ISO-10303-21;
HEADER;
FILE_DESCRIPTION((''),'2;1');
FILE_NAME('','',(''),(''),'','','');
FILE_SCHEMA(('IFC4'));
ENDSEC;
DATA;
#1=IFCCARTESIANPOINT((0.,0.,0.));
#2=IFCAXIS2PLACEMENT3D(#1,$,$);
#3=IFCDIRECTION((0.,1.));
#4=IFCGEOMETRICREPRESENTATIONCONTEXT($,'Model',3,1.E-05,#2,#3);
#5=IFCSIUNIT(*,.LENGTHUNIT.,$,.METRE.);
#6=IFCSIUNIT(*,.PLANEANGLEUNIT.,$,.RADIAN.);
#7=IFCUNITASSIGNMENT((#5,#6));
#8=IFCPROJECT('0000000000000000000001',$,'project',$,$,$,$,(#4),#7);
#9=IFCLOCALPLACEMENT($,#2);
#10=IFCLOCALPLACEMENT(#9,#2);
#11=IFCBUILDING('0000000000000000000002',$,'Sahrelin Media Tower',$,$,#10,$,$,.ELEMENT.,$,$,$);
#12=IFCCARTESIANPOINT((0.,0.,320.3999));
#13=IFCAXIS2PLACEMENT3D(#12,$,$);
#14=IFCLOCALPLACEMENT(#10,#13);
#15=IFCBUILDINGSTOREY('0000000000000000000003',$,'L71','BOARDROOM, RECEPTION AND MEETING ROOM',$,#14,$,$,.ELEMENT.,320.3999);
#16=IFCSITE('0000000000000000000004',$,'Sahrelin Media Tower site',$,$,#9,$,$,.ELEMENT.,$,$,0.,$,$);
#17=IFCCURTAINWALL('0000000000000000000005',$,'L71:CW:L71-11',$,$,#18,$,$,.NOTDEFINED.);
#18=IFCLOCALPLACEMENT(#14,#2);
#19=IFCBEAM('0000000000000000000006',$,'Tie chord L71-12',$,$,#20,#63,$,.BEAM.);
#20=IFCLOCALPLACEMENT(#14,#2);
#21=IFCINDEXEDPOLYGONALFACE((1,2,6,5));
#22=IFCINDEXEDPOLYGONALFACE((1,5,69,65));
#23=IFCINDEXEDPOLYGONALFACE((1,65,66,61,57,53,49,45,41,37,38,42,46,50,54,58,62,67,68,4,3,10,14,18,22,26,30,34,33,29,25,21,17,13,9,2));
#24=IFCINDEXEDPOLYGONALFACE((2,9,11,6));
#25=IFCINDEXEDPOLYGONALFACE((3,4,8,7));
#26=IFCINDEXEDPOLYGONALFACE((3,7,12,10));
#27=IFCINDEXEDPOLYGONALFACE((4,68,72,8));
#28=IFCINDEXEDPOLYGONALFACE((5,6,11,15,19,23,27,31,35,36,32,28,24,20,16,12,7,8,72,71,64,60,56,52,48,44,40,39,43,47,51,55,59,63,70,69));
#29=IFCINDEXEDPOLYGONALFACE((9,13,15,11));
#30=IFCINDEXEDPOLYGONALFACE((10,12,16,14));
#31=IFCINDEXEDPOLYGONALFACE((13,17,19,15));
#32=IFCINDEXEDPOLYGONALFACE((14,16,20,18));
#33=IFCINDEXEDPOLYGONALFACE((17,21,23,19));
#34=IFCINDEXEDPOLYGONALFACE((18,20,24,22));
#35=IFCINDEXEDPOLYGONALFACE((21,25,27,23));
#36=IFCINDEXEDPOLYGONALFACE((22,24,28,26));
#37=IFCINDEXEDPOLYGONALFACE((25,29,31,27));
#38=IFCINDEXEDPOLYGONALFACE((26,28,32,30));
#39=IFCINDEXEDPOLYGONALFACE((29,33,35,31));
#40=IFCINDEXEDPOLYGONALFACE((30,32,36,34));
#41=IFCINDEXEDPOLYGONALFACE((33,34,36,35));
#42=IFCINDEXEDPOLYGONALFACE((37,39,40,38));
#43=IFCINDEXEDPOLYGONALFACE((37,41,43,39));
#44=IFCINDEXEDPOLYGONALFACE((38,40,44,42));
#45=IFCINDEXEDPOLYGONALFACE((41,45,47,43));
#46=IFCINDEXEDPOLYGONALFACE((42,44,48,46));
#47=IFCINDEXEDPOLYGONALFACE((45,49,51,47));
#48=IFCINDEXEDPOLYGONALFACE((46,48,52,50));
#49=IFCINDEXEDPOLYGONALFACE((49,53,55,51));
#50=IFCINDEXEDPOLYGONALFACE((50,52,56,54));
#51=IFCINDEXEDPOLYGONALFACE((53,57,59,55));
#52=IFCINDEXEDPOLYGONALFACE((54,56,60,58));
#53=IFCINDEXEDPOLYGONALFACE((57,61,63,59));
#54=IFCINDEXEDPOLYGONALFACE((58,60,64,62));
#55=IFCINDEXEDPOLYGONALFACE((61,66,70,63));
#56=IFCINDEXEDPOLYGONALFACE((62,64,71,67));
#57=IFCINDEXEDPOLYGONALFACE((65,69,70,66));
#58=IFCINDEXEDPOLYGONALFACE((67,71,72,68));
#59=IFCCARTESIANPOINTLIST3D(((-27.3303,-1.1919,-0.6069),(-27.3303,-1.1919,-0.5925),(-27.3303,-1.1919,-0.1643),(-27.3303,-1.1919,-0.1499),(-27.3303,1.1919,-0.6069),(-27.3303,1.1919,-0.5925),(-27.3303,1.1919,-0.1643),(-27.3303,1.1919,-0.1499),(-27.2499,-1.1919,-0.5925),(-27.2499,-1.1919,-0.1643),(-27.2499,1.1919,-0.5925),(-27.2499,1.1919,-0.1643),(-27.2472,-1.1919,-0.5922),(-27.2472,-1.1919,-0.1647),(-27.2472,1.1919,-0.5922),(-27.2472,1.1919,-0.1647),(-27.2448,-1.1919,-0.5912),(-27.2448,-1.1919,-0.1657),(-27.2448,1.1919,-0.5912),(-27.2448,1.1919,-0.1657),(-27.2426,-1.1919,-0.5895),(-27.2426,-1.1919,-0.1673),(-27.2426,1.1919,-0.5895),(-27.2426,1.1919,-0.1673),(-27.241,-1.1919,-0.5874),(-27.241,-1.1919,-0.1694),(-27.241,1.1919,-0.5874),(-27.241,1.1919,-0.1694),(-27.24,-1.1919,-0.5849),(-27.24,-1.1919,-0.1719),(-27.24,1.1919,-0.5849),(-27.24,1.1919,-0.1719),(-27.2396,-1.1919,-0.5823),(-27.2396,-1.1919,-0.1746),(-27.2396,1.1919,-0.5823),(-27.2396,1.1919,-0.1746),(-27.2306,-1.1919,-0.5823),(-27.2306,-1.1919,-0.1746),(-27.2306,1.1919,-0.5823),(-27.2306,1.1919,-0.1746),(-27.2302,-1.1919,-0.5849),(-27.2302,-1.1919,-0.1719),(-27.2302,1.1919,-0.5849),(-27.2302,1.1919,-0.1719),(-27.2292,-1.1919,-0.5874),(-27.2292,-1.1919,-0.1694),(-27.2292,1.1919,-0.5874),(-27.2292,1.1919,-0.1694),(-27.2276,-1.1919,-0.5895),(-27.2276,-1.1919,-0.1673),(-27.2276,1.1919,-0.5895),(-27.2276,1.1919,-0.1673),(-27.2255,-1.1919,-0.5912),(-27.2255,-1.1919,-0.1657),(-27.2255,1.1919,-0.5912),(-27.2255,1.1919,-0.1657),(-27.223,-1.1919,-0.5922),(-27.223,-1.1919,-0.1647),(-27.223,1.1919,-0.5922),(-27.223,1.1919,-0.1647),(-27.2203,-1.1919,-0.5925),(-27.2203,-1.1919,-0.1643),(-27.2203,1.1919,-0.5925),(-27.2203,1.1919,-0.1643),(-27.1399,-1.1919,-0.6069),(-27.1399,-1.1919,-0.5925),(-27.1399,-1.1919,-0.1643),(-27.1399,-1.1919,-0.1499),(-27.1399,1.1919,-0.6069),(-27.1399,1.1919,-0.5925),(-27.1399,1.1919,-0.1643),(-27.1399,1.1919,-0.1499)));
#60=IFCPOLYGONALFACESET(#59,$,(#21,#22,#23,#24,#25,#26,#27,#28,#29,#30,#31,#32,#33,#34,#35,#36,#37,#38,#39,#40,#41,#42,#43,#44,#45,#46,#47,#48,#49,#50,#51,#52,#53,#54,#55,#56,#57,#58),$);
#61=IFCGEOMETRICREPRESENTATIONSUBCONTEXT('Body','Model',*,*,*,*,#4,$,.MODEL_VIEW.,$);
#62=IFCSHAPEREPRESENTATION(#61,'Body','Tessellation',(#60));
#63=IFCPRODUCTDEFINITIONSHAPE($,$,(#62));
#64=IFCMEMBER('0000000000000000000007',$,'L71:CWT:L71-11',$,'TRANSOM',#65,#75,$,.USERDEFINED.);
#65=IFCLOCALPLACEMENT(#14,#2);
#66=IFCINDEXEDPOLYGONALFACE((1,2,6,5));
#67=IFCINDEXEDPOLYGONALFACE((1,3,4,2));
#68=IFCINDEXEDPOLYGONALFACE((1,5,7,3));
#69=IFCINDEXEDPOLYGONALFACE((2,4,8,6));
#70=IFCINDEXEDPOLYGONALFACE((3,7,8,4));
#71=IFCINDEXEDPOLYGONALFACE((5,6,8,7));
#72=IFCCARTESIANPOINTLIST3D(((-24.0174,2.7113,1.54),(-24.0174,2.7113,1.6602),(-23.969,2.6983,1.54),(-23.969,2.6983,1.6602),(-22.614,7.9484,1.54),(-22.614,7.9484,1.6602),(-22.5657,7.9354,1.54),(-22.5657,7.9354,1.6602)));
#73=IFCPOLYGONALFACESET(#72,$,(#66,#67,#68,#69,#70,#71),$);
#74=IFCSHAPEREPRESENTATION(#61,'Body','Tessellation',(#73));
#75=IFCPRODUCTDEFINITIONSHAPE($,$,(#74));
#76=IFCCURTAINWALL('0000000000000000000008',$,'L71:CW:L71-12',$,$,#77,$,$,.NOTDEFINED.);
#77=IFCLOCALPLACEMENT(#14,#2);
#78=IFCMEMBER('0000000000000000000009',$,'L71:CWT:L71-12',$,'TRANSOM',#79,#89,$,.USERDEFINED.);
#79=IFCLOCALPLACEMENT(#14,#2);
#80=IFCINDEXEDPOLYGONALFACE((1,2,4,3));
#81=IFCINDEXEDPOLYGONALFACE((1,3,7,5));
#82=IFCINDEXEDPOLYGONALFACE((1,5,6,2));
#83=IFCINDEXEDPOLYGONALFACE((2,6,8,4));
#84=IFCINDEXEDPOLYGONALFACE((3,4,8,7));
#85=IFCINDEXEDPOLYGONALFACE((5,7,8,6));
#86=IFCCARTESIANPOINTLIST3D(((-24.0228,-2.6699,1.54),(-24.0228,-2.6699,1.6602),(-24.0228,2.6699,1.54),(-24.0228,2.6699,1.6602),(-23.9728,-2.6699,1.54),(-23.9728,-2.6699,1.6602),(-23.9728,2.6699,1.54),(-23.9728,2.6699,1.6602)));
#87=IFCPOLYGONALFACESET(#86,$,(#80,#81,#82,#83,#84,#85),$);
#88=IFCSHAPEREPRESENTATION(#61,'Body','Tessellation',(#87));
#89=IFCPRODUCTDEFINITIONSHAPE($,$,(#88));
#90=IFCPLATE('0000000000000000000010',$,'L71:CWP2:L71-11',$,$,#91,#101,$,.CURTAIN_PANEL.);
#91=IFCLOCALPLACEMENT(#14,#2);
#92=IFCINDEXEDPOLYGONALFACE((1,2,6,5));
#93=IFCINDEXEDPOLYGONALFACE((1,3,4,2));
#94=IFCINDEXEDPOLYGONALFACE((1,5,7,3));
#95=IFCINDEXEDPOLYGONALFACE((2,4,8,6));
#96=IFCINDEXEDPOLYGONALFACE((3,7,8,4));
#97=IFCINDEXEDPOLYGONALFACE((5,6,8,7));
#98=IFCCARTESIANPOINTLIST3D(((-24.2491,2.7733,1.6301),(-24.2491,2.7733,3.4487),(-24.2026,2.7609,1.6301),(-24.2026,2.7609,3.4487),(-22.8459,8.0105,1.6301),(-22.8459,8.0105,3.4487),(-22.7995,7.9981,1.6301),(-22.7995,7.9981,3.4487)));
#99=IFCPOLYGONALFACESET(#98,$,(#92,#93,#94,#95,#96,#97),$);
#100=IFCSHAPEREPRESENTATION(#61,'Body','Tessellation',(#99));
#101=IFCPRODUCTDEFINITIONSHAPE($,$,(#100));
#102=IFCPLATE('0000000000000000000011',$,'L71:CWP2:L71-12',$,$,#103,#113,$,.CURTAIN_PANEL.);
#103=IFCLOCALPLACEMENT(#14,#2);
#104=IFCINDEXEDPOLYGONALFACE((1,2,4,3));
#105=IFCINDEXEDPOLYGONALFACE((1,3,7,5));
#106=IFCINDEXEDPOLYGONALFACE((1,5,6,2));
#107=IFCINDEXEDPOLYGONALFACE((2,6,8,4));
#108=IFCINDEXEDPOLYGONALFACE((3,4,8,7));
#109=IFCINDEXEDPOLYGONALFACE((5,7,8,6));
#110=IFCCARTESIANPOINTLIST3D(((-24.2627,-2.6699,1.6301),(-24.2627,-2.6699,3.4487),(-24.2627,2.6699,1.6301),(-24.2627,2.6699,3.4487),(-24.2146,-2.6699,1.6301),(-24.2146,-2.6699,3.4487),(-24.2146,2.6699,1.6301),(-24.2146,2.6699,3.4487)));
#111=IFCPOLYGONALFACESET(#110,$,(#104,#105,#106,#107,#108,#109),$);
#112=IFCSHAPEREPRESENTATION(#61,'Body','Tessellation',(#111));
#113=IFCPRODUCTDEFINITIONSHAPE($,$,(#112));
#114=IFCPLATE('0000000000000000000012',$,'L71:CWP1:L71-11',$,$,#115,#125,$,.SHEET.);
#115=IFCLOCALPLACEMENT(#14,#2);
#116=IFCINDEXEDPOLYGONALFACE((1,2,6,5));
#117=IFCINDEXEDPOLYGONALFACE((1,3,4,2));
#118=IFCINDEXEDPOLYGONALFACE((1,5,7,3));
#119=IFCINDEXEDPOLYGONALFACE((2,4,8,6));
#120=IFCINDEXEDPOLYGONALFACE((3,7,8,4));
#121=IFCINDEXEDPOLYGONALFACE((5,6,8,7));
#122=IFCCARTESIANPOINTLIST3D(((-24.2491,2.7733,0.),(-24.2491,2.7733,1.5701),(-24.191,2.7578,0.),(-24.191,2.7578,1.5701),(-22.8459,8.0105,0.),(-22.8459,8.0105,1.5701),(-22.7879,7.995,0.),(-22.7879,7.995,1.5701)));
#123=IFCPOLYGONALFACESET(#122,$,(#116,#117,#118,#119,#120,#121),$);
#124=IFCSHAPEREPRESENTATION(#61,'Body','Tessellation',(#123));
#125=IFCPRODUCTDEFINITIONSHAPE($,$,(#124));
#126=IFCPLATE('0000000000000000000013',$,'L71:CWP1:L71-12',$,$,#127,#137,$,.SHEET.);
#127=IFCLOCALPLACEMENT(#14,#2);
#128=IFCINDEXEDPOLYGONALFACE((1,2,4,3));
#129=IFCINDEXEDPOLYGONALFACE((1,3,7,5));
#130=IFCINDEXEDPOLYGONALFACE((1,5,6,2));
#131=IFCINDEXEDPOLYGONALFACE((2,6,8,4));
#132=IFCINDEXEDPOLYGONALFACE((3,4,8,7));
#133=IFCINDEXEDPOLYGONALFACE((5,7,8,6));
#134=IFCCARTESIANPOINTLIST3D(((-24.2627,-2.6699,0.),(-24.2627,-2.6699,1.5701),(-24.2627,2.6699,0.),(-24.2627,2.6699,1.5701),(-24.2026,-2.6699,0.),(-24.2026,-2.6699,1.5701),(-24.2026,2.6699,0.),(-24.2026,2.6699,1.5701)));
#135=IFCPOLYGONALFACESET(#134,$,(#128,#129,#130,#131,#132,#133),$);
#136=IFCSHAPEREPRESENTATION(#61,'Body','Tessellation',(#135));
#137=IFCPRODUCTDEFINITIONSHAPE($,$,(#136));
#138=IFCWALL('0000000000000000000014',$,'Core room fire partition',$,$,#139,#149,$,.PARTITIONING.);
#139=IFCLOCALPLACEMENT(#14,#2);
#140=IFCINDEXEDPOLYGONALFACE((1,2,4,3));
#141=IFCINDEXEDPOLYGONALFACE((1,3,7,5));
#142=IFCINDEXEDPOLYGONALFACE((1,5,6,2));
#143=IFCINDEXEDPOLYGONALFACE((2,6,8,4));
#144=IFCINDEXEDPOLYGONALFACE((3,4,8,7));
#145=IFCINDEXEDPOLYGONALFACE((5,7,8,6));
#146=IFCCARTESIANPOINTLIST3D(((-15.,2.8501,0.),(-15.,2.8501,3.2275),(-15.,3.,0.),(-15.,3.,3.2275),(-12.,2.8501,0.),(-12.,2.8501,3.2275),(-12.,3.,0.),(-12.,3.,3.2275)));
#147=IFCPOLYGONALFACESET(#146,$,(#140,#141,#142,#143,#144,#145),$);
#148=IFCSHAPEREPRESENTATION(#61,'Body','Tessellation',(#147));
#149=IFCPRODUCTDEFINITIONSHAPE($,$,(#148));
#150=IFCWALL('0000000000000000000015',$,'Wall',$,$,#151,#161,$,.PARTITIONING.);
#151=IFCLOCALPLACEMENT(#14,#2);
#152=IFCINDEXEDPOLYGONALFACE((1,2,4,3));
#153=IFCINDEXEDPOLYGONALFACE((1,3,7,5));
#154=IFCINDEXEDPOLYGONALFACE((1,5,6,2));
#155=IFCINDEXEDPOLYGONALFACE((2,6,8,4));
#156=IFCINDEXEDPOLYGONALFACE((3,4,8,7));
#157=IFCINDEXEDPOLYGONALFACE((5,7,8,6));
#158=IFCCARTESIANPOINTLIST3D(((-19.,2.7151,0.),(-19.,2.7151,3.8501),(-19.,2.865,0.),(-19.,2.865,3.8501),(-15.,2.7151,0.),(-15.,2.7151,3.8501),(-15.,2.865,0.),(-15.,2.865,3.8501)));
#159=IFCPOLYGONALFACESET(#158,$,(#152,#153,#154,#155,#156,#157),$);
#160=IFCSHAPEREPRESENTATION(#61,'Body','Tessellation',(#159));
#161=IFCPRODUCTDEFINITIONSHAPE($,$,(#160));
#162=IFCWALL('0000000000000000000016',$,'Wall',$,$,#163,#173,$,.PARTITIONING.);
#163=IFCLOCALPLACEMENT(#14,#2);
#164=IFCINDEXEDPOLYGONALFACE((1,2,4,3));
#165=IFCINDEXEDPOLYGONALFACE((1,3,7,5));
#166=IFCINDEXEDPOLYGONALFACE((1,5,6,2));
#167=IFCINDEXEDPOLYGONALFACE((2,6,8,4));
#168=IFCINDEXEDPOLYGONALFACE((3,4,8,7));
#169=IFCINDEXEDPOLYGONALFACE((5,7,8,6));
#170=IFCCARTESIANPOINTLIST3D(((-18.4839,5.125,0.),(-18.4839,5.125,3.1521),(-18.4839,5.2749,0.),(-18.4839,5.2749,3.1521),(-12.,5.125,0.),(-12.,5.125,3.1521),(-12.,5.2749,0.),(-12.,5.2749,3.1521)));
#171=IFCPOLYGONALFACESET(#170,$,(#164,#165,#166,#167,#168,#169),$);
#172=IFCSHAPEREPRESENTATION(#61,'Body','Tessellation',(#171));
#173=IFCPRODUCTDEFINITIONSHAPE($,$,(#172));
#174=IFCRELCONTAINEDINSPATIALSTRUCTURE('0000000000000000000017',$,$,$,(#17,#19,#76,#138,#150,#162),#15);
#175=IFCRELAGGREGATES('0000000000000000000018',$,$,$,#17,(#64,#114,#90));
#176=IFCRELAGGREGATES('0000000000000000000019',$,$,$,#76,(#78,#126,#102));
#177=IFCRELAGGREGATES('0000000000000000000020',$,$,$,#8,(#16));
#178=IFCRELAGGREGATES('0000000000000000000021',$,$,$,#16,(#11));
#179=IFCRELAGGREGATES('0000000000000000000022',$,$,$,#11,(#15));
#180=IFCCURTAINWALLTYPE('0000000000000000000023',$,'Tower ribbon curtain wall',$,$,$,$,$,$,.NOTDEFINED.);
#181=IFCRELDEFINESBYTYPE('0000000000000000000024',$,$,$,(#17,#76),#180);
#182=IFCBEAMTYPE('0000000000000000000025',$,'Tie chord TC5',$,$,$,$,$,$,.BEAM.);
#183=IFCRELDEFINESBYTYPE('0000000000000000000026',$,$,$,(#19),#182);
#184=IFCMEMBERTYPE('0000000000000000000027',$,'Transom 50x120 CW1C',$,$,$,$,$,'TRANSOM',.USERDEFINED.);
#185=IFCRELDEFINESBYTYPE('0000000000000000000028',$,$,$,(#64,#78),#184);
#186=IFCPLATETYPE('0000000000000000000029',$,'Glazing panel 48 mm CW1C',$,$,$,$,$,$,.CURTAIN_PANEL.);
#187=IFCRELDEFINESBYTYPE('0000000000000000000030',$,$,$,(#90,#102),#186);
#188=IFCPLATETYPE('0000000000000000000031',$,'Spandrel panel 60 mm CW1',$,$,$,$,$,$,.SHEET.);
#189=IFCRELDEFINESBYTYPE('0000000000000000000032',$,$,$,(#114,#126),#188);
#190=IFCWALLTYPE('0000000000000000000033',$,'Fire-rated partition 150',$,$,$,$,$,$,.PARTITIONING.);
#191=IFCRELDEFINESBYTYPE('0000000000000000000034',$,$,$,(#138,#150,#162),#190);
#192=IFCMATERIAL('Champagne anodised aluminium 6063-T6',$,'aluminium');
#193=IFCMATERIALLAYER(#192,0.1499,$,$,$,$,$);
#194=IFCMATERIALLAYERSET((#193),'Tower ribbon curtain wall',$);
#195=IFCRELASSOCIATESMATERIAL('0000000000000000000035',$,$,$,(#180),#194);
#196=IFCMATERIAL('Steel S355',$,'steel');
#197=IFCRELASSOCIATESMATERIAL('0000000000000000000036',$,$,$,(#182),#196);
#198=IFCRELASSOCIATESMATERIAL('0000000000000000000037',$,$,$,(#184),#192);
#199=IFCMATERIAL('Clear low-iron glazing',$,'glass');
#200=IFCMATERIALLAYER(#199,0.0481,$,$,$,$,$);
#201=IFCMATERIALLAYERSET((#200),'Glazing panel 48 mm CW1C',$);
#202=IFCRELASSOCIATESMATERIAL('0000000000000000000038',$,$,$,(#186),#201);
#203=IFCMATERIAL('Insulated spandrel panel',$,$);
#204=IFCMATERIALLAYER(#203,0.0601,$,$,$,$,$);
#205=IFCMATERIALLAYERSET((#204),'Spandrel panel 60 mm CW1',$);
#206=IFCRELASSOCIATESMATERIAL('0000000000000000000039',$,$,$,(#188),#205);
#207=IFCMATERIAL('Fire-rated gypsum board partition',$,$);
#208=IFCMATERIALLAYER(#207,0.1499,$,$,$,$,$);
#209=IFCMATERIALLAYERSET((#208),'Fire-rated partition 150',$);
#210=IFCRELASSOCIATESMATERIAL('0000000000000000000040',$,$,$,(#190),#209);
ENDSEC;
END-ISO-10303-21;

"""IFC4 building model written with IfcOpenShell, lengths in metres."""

from ifc_helpers import new_model, si_unit, direction, frame, frame_2d, origin, origin_2d, place, context, subcontext, project, spatial, polyline, rectangle, i_section, outline, extrude, material, layer, layer_set, material_profile, profile_set, type_object, element, aggregate, save


model = new_model("IFC4")

# Units and contexts
model_context = context("Model", 3, precision=1e-05, world=origin(), true_north=direction((0.0, 1.0)))
body_context = subcontext(model_context, "Body", "Model", "MODEL_VIEW")
ifc_project = project(units=[si_unit("LENGTHUNIT", "METRE"), si_unit("PLANEANGLEUNIT", "RADIAN")], contexts=[model_context])

# Site, building, storey
site_placement = place(None, origin())
site = spatial("IfcSite", under=ifc_project, at=site_placement, Name="Sahrelin Media Tower site", CompositionType="ELEMENT", RefElevation=0.0)
building_placement = place(site_placement, origin())
building = spatial("IfcBuilding", under=site, at=building_placement, Name="Sahrelin Media Tower", CompositionType="ELEMENT")
storey_placement = place(building_placement, frame((0.0, 0.0, 320.3999)))
storey = spatial("IfcBuildingStorey", under=building, at=storey_placement, Name="L71", Description="BOARDROOM, RECEPTION AND MEETING ROOM", CompositionType="ELEMENT", Elevation=320.3999)

# Shared definitions
ifc_material_1 = material(Name="Steel S355", Category="steel")

# Curtain wall
ifc_material_2 = material(Name="Champagne anodised aluminium 6063-T6", Category="aluminium")
ifc_layer_1 = layer(ifc_material_2, 0.1499)
ifc_layer_set_1 = layer_set([ifc_layer_1], Name="Tower ribbon curtain wall")
curtain_wall_type = type_object("IfcCurtainWallType", Name="Tower ribbon curtain wall", PredefinedType="NOTDEFINED", material=ifc_layer_set_1)
curtain_wall_1_placement = place(storey_placement, frame((-23.5283, 5.3867, 0.0), z_axis=(0.0, 0.0, 1.0), x_axis=(1.0, 0.0, 0.0)))
curtain_wall_1 = element("IfcCurtainWall", 1, at=curtain_wall_1_placement, inside=storey, type_object=curtain_wall_type, Name="L71:CW:L71-11", PredefinedType="NOTDEFINED")

# Beam
ifc_material_profile_1 = material_profile(ifc_material_1, i_section(OverallWidth=0.1904, OverallDepth=0.457, WebThickness=0.009, FlangeThickness=0.0144, FilletRadius=0.0103, at=origin_2d()), Name="UB 457x191x74")
ifc_profile_set_1 = profile_set([ifc_material_profile_1], Name="Steel S355")
beam_type_1 = type_object("IfcBeamType", Name="Tie chord TC5", PredefinedType="BEAM", material=ifc_profile_set_1)
beam_1_placement = place(storey_placement, frame((-27.2351, 1.1919, -0.3784), z_axis=(0.0, -1.0, 0.0), x_axis=(1.0, 0.0, 0.0)))
element("IfcBeam", 2, at=beam_1_placement, inside=storey, type_object=beam_type_1, Name="Tie chord L71-12", PredefinedType="BEAM", context=body_context, shape_type="SweptSolid", body=[
    extrude(i_section(OverallWidth=0.1904, OverallDepth=0.457, WebThickness=0.009, FlangeThickness=0.0144, FilletRadius=0.0103, at=origin_2d()), origin(), (0.0, 0.0, 1.0), 2.3838),
])

# Member
ifc_material_profile_2 = material_profile(ifc_material_2, rectangle(XDim=0.05, YDim=0.1201, at=origin_2d()), Name="Transom 50x120")
ifc_profile_set_2 = profile_set([ifc_material_profile_2], Name="Champagne anodised aluminium 6063-T6")
member_type_1 = type_object("IfcMemberType", Name="Transom 50x120 CW1C", ElementType="TRANSOM", PredefinedType="USERDEFINED", material=ifc_profile_set_2)
member_1_placement = place(storey_placement, frame((-22.5898, 7.9419, 1.6001), z_axis=(-0.258828, -0.965923, 0.0), x_axis=(0.965923, -0.258828, 0.0)))
member_1 = element("IfcMember", 3, at=member_1_placement, type_object=member_type_1, Name="L71:CWT:L71-11", ObjectType="TRANSOM", PredefinedType="USERDEFINED", context=body_context, shape_type="SweptSolid", body=[
    extrude(rectangle(XDim=0.05, YDim=0.1201, at=origin_2d()), origin(), (0.0, 0.0, 1.0), 5.4219),
])

# Curtain wall, member
curtain_wall_2_placement = place(storey_placement, frame((-24.2427, 0.0, 0.0), z_axis=(0.0, 0.0, 1.0), x_axis=(1.0, 0.0, 0.0)))
curtain_wall_2 = element("IfcCurtainWall", 4, at=curtain_wall_2_placement, inside=storey, type_object=curtain_wall_type, Name="L71:CW:L71-12", PredefinedType="NOTDEFINED")
member_2_placement = place(storey_placement, frame((-23.9978, 2.6699, 1.6001), z_axis=(0.0, -1.0, 0.0), x_axis=(1.0, 0.0, 0.0)))
member_2 = element("IfcMember", 5, at=member_2_placement, type_object=member_type_1, Name="L71:CWT:L71-12", ObjectType="TRANSOM", PredefinedType="USERDEFINED", context=body_context, shape_type="SweptSolid", body=[
    extrude(rectangle(XDim=0.05, YDim=0.1201, at=origin_2d()), origin(), (0.0, 0.0, 1.0), 5.3398),
])

# Plates
ifc_material_3 = material(Name="Clear low-iron glazing", Category="glass")
ifc_layer_2 = layer(ifc_material_3, 0.0481)
ifc_layer_set_2 = layer_set([ifc_layer_2], Name="Glazing panel 48 mm CW1C")
plate_type_1 = type_object("IfcPlateType", Name="Glazing panel 48 mm CW1C", PredefinedType="CURTAIN_PANEL", material=ifc_layer_set_2)
plate_1_placement = place(storey_placement, frame((-22.8459, 8.0105, 1.6301), z_axis=(-0.965935, 0.258786, 0.0), x_axis=(-0.258786, -0.965935, 0.0)))
plate_1 = element("IfcPlate", 6, at=plate_1_placement, type_object=plate_type_1, Name="L71:CWP2:L71-11", PredefinedType="CURTAIN_PANEL", context=body_context, shape_type="SweptSolid", body=[
    extrude(outline(polyline([(0.0, 0.0), (5.4219, 0.0), (5.4219, 1.8186), (0.0, 1.8186), (0.0, 0.0)])), origin(), (0.0, 0.0, -1.0), 0.0481),
])
plate_2_placement = place(storey_placement, frame((-24.2627, 2.6699, 1.6301), z_axis=(-1.0, 0.0, 0.0), x_axis=(0.0, -1.0, 0.0)))
plate_2 = element("IfcPlate", 7, at=plate_2_placement, type_object=plate_type_1, Name="L71:CWP2:L71-12", PredefinedType="CURTAIN_PANEL", context=body_context, shape_type="SweptSolid", body=[
    extrude(outline(polyline([(0.0, 0.0), (5.3398, 0.0), (5.3398, 1.8186), (0.0, 1.8186), (0.0, 0.0)])), origin(), (0.0, 0.0, -1.0), 0.0481),
])
ifc_material_4 = material(Name="Insulated spandrel panel")
ifc_layer_3 = layer(ifc_material_4, 0.0601)
ifc_layer_set_3 = layer_set([ifc_layer_3], Name="Spandrel panel 60 mm CW1")
plate_type_2 = type_object("IfcPlateType", Name="Spandrel panel 60 mm CW1", PredefinedType="SHEET", material=ifc_layer_set_3)
plate_3_placement = place(storey_placement, frame((-22.8459, 8.0105, 0.0), z_axis=(-0.965935, 0.258786, 0.0), x_axis=(-0.258786, -0.965935, 0.0)))
plate_3 = element("IfcPlate", 8, at=plate_3_placement, type_object=plate_type_2, Name="L71:CWP1:L71-11", PredefinedType="SHEET", context=body_context, shape_type="SweptSolid", body=[
    extrude(outline(polyline([(0.0, 0.0), (5.4219, 0.0), (5.4219, 1.5701), (0.0, 1.5701), (0.0, 0.0)])), origin(), (0.0, 0.0, -1.0), 0.0601),
])
aggregate(curtain_wall_1, [member_1, plate_3, plate_1])
plate_4_placement = place(storey_placement, frame((-24.2627, 2.6699, 0.0), z_axis=(-1.0, 0.0, 0.0), x_axis=(0.0, -1.0, 0.0)))
plate_4 = element("IfcPlate", 9, at=plate_4_placement, type_object=plate_type_2, Name="L71:CWP1:L71-12", PredefinedType="SHEET", context=body_context, shape_type="SweptSolid", body=[
    extrude(outline(polyline([(0.0, 0.0), (5.3398, 0.0), (5.3398, 1.5701), (0.0, 1.5701), (0.0, 0.0)])), origin(), (0.0, 0.0, -1.0), 0.0601),
])
aggregate(curtain_wall_2, [member_2, plate_4, plate_2])

# Walls
ifc_material_5 = material(Name="Fire-rated gypsum board partition")
ifc_layer_4 = layer(ifc_material_5, 0.1499)
ifc_layer_set_4 = layer_set([ifc_layer_4], Name="Fire-rated partition 150")
wall_type_1 = type_object("IfcWallType", Name="Fire-rated partition 150", PredefinedType="PARTITIONING", material=ifc_layer_set_4)
wall_1_placement = place(storey_placement, frame((-15.0, 2.925, 0.0), z_axis=(0.0, 0.0, 1.0), x_axis=(1.0, 0.0, 0.0)))
element("IfcWall", 10, at=wall_1_placement, inside=storey, type_object=wall_type_1, Name="Core room fire partition", PredefinedType="PARTITIONING", context=body_context, shape_type="SweptSolid", body=[
    extrude(rectangle(XDim=3.0, YDim=0.1499, at=frame_2d((1.5, 0.0))), origin(), (0.0, 0.0, 1.0), 3.2275),
])
wall_2_placement = place(storey_placement, frame((-19.0, 2.79, 0.0), z_axis=(0.0, 0.0, 1.0), x_axis=(1.0, 0.0, 0.0)))
element("IfcWall", 11, at=wall_2_placement, inside=storey, type_object=wall_type_1, Name="Wall", PredefinedType="PARTITIONING", context=body_context, shape_type="SweptSolid", body=[
    extrude(rectangle(XDim=4.0, YDim=0.1499, at=frame_2d((2.0, 0.0))), origin(), (0.0, 0.0, 1.0), 3.8501),
])
wall_3_placement = place(storey_placement, frame((-18.4839, 5.2, 0.0), z_axis=(0.0, 0.0, 1.0), x_axis=(1.0, 0.0, 0.0)))
element("IfcWall", 12, at=wall_3_placement, inside=storey, type_object=wall_type_1, Name="Wall", PredefinedType="PARTITIONING", context=body_context, shape_type="SweptSolid", body=[
    extrude(rectangle(XDim=6.4839, YDim=0.1499, at=frame_2d((3.2419, 0.0))), origin(), (0.0, 0.0, 1.0), 3.1521),
])

save(model, "model.ifc")
